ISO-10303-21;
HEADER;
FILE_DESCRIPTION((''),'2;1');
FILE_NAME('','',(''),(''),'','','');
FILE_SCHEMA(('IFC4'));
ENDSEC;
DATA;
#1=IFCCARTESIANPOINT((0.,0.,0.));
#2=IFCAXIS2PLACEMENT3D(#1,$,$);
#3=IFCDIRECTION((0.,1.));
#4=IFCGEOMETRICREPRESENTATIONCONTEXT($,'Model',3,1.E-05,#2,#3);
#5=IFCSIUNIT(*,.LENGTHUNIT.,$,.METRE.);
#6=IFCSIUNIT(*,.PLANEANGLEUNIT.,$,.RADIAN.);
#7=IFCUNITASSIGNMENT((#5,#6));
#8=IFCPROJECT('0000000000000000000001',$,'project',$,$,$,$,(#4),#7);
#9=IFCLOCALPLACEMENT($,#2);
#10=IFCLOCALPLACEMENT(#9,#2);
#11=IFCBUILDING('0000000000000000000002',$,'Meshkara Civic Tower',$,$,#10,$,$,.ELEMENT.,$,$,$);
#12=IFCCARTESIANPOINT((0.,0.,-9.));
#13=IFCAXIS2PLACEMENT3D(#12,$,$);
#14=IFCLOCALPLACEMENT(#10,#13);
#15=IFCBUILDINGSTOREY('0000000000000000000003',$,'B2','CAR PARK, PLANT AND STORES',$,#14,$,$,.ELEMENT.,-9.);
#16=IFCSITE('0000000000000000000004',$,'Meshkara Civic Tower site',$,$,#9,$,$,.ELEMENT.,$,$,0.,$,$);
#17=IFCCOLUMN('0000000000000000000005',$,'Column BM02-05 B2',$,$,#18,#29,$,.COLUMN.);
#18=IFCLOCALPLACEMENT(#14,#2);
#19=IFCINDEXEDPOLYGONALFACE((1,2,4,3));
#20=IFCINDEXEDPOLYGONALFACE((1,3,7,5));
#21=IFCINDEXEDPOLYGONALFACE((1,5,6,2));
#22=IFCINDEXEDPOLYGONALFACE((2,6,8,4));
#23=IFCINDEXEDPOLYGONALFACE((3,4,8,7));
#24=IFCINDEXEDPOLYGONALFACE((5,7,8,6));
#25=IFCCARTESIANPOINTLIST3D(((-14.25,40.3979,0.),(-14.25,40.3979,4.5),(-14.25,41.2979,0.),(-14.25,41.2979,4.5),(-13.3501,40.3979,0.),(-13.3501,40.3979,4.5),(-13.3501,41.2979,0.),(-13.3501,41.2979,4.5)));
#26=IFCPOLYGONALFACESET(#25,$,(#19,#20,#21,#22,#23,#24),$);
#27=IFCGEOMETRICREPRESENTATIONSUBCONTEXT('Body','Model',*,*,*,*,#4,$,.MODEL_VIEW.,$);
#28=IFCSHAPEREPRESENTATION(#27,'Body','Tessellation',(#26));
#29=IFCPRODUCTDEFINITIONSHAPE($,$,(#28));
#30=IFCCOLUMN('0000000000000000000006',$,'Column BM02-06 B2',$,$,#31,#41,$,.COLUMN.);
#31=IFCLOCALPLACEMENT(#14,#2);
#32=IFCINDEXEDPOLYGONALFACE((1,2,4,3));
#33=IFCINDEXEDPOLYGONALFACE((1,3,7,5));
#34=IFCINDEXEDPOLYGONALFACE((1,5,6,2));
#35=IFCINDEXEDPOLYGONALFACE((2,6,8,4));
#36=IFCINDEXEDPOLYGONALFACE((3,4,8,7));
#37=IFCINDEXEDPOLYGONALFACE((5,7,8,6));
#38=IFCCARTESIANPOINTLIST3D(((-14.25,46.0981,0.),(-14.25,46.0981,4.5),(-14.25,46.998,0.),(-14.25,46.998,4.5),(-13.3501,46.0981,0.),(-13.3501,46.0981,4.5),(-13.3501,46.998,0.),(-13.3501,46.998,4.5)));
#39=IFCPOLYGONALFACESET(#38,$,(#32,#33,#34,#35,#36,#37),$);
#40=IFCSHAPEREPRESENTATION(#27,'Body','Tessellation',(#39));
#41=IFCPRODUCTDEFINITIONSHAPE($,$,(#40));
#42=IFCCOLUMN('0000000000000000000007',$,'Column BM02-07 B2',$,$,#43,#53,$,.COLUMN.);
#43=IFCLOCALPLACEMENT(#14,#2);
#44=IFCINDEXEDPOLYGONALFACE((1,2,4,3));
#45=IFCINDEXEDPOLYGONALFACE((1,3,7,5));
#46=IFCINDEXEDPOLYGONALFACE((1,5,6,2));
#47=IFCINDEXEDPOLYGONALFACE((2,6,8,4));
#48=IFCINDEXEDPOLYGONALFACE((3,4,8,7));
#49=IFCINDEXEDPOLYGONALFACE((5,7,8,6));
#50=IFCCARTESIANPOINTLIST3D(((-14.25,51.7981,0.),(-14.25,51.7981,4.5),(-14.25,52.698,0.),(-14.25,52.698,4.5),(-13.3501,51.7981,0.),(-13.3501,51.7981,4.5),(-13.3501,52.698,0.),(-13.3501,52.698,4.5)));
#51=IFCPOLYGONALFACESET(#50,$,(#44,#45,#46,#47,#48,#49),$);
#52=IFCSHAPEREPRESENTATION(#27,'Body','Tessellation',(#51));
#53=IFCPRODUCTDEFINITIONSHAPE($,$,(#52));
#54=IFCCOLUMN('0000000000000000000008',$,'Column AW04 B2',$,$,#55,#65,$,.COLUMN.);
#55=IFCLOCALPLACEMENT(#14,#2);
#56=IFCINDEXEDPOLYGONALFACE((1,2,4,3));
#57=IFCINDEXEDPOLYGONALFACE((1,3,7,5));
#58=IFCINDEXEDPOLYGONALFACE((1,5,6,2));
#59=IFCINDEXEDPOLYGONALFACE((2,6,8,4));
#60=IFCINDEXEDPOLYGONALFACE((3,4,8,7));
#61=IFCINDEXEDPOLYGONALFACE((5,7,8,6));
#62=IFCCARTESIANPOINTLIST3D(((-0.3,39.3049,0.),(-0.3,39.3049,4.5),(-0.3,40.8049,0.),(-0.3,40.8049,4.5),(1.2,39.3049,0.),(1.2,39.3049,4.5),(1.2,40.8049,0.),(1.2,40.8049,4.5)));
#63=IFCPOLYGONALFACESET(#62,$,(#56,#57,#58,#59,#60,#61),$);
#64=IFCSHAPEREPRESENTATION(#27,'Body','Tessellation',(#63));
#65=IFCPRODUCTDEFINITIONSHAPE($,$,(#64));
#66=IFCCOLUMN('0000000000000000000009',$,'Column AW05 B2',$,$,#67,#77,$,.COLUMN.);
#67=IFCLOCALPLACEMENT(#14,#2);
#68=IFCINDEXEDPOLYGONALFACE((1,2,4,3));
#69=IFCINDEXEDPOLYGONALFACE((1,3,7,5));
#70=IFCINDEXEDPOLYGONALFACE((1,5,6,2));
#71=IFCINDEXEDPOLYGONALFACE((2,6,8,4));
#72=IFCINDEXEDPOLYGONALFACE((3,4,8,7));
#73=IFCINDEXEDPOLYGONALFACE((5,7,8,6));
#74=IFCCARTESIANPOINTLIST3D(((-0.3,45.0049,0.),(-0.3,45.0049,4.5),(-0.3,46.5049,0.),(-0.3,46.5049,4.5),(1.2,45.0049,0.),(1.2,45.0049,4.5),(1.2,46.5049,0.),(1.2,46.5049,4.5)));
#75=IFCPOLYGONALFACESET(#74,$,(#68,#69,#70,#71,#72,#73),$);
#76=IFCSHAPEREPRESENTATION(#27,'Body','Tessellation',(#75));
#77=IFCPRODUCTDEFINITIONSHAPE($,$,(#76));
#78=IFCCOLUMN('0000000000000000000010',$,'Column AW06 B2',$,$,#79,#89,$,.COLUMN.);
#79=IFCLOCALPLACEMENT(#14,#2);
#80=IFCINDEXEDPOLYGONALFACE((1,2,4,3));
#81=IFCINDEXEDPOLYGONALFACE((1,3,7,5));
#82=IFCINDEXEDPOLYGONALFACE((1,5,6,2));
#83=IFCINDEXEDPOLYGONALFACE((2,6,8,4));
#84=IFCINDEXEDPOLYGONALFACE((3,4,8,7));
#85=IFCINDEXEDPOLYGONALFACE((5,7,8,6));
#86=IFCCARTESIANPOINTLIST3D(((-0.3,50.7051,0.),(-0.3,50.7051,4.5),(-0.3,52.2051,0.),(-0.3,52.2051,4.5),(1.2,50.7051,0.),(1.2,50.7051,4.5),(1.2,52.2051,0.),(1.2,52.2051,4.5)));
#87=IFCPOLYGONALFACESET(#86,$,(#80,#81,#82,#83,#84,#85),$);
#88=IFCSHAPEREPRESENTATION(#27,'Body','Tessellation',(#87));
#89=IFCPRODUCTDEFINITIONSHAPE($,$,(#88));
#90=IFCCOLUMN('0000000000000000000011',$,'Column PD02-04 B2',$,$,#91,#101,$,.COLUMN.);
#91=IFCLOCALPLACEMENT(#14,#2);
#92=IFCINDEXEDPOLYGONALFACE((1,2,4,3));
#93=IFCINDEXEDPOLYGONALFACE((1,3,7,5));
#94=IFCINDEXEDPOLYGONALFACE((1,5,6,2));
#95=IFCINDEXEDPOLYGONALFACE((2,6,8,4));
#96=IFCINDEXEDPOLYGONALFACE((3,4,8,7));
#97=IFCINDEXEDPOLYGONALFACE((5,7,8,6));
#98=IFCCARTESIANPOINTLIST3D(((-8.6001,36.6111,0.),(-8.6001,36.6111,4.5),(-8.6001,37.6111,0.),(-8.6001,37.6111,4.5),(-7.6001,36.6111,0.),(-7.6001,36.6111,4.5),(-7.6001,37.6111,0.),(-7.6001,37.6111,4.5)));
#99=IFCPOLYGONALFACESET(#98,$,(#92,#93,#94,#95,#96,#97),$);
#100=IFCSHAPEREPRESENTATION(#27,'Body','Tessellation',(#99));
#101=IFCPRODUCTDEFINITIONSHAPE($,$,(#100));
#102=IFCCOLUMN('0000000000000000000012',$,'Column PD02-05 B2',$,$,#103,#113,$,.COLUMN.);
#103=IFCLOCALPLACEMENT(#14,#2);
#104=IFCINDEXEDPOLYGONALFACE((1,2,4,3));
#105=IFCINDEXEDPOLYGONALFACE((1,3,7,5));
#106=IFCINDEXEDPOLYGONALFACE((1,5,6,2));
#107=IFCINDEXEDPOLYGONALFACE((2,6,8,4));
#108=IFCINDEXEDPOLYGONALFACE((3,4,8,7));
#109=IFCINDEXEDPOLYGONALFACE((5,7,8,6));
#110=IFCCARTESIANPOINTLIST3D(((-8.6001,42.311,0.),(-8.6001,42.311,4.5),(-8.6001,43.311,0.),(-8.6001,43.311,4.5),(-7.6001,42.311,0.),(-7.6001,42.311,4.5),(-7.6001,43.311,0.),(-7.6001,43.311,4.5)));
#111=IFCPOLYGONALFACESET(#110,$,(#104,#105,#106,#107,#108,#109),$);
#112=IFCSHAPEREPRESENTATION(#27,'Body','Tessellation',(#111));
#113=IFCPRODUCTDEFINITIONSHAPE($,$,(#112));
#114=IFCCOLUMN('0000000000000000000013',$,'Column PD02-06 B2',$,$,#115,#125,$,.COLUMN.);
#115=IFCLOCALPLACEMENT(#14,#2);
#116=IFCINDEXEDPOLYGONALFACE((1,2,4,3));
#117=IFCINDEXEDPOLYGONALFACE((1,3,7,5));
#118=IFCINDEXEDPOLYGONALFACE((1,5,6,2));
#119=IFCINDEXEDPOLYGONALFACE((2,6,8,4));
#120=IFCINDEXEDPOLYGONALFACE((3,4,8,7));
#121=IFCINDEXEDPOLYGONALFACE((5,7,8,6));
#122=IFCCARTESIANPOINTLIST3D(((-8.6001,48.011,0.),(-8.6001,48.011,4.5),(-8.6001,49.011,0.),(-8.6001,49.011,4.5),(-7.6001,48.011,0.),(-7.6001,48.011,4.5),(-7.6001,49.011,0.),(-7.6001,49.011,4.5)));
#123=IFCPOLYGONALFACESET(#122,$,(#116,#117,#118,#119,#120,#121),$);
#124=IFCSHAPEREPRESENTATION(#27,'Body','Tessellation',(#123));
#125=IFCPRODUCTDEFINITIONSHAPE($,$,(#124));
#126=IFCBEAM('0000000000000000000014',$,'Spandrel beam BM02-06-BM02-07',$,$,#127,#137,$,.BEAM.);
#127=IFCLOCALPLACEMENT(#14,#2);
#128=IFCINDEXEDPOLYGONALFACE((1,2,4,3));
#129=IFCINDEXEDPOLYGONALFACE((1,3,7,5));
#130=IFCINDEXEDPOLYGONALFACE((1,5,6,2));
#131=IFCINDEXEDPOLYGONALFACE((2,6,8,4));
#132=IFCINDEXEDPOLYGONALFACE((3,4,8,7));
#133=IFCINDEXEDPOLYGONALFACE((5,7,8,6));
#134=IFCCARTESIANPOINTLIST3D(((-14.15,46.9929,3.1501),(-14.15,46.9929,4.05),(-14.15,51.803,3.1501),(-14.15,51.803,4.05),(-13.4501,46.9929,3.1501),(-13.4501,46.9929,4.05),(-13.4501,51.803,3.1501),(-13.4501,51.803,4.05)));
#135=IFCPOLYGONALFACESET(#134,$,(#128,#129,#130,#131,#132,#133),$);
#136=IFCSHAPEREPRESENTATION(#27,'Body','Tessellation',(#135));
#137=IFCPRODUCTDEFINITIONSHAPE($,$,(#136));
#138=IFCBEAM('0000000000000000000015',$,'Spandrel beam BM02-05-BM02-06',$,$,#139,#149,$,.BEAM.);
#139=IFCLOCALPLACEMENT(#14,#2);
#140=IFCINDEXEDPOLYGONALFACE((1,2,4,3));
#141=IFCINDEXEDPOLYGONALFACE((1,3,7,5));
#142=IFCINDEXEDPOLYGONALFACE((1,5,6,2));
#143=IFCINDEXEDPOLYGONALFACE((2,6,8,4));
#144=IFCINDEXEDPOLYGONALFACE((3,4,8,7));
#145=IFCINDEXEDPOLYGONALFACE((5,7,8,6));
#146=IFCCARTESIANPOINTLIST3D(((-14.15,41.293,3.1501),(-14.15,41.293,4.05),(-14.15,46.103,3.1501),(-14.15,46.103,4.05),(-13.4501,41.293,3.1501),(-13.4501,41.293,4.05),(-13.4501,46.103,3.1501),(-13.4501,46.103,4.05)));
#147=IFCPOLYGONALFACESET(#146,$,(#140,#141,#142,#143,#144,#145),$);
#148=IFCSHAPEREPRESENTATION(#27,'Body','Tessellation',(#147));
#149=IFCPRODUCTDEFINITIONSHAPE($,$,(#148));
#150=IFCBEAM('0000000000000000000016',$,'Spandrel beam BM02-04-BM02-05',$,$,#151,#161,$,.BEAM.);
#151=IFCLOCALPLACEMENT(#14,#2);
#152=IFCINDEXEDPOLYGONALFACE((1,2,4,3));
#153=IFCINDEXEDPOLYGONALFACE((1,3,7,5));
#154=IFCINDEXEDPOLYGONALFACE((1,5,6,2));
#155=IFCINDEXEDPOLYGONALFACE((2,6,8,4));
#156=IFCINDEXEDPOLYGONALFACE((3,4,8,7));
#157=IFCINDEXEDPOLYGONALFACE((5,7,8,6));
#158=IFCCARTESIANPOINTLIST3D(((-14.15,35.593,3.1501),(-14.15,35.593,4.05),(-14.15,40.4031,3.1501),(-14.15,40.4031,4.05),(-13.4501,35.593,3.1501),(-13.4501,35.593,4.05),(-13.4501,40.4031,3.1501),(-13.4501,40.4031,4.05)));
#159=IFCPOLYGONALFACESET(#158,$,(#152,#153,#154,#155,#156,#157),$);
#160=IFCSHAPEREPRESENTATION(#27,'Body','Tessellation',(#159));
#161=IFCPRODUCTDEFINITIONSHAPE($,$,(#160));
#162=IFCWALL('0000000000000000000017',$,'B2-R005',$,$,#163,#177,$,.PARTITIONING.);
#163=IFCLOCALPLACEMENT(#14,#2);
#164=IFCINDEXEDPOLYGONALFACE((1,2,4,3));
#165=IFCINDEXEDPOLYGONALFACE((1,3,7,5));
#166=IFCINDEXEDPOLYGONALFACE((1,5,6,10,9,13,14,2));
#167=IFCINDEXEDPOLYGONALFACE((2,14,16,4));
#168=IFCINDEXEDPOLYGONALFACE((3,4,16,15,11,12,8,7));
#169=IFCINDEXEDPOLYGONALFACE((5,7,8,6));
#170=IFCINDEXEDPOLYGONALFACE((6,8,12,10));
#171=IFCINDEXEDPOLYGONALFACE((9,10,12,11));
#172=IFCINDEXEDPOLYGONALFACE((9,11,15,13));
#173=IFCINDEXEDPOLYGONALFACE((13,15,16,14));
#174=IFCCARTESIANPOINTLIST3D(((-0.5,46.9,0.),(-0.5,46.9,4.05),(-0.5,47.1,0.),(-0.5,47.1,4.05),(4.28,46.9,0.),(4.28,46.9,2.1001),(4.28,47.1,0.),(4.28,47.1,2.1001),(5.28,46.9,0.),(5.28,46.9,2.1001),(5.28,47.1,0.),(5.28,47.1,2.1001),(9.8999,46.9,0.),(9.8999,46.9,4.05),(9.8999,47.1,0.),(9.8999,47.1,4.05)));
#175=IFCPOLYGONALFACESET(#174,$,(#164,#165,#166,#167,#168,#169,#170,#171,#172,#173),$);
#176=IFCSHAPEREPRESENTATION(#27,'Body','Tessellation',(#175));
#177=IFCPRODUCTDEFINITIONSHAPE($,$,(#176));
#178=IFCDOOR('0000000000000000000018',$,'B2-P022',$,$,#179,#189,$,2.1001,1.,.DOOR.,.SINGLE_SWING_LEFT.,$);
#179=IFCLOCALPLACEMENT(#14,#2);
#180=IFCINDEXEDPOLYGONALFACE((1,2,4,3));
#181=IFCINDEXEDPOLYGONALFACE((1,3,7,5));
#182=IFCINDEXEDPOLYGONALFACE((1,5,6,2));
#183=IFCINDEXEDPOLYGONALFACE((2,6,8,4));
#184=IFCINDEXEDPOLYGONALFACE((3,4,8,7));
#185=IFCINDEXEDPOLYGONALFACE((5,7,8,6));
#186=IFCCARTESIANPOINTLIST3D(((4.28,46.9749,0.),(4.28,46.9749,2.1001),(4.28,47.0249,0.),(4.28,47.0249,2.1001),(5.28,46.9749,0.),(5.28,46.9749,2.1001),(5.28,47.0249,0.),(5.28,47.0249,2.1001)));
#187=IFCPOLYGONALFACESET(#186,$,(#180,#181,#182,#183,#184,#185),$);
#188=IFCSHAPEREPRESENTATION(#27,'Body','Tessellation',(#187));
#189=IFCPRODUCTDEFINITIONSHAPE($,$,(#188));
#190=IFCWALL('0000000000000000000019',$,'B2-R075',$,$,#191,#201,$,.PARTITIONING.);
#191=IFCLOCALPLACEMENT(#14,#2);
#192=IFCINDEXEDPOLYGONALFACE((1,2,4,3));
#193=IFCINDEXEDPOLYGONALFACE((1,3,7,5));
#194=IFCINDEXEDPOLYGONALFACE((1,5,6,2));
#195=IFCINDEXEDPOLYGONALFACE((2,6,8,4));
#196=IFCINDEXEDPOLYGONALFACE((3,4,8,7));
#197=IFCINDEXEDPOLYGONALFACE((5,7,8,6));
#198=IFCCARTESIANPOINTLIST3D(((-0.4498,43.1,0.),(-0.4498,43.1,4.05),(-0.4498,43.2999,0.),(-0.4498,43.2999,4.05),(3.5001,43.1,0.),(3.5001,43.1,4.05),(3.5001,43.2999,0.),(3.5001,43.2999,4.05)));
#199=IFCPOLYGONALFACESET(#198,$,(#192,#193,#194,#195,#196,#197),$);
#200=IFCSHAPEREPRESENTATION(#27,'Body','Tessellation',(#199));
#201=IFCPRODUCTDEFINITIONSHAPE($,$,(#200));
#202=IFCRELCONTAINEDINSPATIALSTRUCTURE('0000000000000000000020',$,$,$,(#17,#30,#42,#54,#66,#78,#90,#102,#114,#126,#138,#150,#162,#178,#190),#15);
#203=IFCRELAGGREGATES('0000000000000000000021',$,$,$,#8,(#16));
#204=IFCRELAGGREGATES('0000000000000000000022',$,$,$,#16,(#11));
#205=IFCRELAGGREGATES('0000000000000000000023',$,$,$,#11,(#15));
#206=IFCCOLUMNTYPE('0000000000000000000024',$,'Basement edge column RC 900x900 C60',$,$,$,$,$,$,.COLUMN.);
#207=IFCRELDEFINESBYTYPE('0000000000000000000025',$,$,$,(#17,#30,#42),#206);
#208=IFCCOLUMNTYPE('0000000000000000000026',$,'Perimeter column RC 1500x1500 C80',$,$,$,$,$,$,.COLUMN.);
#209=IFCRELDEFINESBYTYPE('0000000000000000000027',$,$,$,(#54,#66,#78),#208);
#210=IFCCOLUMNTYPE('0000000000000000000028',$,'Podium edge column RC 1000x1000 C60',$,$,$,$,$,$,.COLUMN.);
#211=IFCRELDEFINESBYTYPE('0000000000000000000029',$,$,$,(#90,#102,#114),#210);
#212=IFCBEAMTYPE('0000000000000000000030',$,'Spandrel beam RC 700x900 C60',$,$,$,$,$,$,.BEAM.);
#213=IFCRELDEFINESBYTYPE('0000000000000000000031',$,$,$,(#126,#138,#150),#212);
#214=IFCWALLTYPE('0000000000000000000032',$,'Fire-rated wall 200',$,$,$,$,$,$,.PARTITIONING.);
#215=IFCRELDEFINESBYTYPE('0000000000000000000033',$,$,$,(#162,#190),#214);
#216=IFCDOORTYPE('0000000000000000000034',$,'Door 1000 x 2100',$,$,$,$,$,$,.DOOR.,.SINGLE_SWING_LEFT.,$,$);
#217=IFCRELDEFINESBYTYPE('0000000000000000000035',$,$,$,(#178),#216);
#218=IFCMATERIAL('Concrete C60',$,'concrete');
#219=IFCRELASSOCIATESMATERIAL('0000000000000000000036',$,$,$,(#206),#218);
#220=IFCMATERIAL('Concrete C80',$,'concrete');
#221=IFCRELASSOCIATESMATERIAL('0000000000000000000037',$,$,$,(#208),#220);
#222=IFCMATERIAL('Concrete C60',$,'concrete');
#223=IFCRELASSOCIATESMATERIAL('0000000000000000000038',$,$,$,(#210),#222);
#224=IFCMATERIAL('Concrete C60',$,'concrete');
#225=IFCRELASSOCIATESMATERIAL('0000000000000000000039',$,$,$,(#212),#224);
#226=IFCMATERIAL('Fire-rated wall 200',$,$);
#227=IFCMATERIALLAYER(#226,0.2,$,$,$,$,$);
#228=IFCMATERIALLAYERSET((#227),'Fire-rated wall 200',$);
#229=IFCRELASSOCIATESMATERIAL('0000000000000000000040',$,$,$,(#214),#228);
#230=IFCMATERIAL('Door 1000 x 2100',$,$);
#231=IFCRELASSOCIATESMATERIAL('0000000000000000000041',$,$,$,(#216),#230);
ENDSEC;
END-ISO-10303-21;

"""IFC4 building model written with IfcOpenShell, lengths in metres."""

from ifc_helpers import new_model, si_unit, direction, frame, frame_2d, origin, origin_2d, place, context, subcontext, project, spatial, rectangle, extrude, material, layer, layer_set, material_profile, profile_set, type_object, element, fill, save


model = new_model("IFC4")

# Units and contexts
model_context = context("Model", 3, precision=1e-05, world=origin(), true_north=direction((0.0, 1.0)))
body_context = subcontext(model_context, "Body", "Model", "MODEL_VIEW")
ifc_project = project(units=[si_unit("LENGTHUNIT", "METRE"), si_unit("PLANEANGLEUNIT", "RADIAN")], contexts=[model_context])

# Site, building, storey
site_placement = place(None, origin())
site = spatial("IfcSite", under=ifc_project, at=site_placement, Name="Meshkara Civic Tower site", CompositionType="ELEMENT", RefElevation=0.0)
building_placement = place(site_placement, origin())
building = spatial("IfcBuilding", under=site, at=building_placement, Name="Meshkara Civic Tower", CompositionType="ELEMENT")
storey_placement = place(building_placement, frame((0.0, 0.0, -9.0)))
storey = spatial("IfcBuildingStorey", under=building, at=storey_placement, Name="B2", Description="CAR PARK, PLANT AND STORES", CompositionType="ELEMENT", Elevation=-9.0)

# Columns
ifc_material_1 = material(Name="Concrete C60", Category="concrete")
ifc_material_profile_1 = material_profile(ifc_material_1, rectangle(XDim=0.8999, YDim=0.8999, at=origin_2d()))
ifc_profile_set_1 = profile_set([ifc_material_profile_1], Name="Concrete C60")
column_type_1 = type_object("IfcColumnType", Name="Basement edge column RC 900x900 C60", PredefinedType="COLUMN", material=ifc_profile_set_1)
for number, where, z_axis, x_axis, name in (
    (1, (-13.8, 40.8479, 0.0), (0.0, 0.0, 1.0), (1.0, 0.0, 0.0), "Column BM02-05 B2"),
    (2, (-13.8, 46.5481, 0.0), (0.0, 0.0, 1.0), (1.0, 0.0, 0.0), "Column BM02-06 B2"),
    (3, (-13.8, 52.248, 0.0), (0.0, 0.0, 1.0), (1.0, 0.0, 0.0), "Column BM02-07 B2"),
):
    element("IfcColumn", number, at=place(storey_placement, frame(where, z_axis=z_axis, x_axis=x_axis)), inside=storey, type_object=column_type_1, Name=name, PredefinedType="COLUMN", context=body_context, shape_type="SweptSolid", body=[
        extrude(rectangle(XDim=0.8999, YDim=0.8999, at=origin_2d()), origin(), (0.0, 0.0, 1.0), 4.5),
    ])
ifc_material_2 = material(Name="Concrete C80", Category="concrete")
ifc_material_profile_2 = material_profile(ifc_material_2, rectangle(XDim=1.5, YDim=1.5, at=origin_2d()))
ifc_profile_set_2 = profile_set([ifc_material_profile_2], Name="Concrete C80")
column_type_2 = type_object("IfcColumnType", Name="Perimeter column RC 1500x1500 C80", PredefinedType="COLUMN", material=ifc_profile_set_2)
for number, where, z_axis, x_axis, name in (
    (4, (0.45, 40.0549, 0.0), (0.0, 0.0, 1.0), (1.0, 0.0, 0.0), "Column AW04 B2"),
    (5, (0.45, 45.7549, 0.0), (0.0, 0.0, 1.0), (1.0, 0.0, 0.0), "Column AW05 B2"),
    (6, (0.45, 51.4551, 0.0), (0.0, 0.0, 1.0), (1.0, 0.0, 0.0), "Column AW06 B2"),
):
    element("IfcColumn", number, at=place(storey_placement, frame(where, z_axis=z_axis, x_axis=x_axis)), inside=storey, type_object=column_type_2, Name=name, PredefinedType="COLUMN", context=body_context, shape_type="SweptSolid", body=[
        extrude(rectangle(XDim=1.5, YDim=1.5, at=origin_2d()), origin(), (0.0, 0.0, 1.0), 4.5),
    ])
ifc_material_3 = material(Name="Concrete C60", Category="concrete")
ifc_material_profile_3 = material_profile(ifc_material_3, rectangle(XDim=1.0, YDim=1.0, at=origin_2d()))
ifc_profile_set_3 = profile_set([ifc_material_profile_3], Name="Concrete C60")
column_type_3 = type_object("IfcColumnType", Name="Podium edge column RC 1000x1000 C60", PredefinedType="COLUMN", material=ifc_profile_set_3)
for number, where, z_axis, x_axis, name in (
    (7, (-8.1001, 37.1111, 0.0), (0.0, 0.0, 1.0), (1.0, 0.0, 0.0), "Column PD02-04 B2"),
    (8, (-8.1001, 42.811, 0.0), (0.0, 0.0, 1.0), (1.0, 0.0, 0.0), "Column PD02-05 B2"),
    (9, (-8.1001, 48.511, 0.0), (0.0, 0.0, 1.0), (1.0, 0.0, 0.0), "Column PD02-06 B2"),
):
    element("IfcColumn", number, at=place(storey_placement, frame(where, z_axis=z_axis, x_axis=x_axis)), inside=storey, type_object=column_type_3, Name=name, PredefinedType="COLUMN", context=body_context, shape_type="SweptSolid", body=[
        extrude(rectangle(XDim=1.0, YDim=1.0, at=origin_2d()), origin(), (0.0, 0.0, 1.0), 4.5),
    ])

# Beams
ifc_material_4 = material(Name="Concrete C60", Category="concrete")
ifc_material_profile_4 = material_profile(ifc_material_4, rectangle(XDim=0.7, YDim=0.8999, at=origin_2d()))
ifc_profile_set_4 = profile_set([ifc_material_profile_4], Name="Concrete C60")
beam_type = type_object("IfcBeamType", Name="Spandrel beam RC 700x900 C60", PredefinedType="BEAM", material=ifc_profile_set_4)
for number, where, z_axis, x_axis, name in (
    (10, (-13.8, 51.803, 3.6001), (0.0, -1.0, 0.0), (1.0, 0.0, 0.0), "Spandrel beam BM02-06-BM02-07"),
    (11, (-13.8, 46.103, 3.6001), (0.0, -1.0, 0.0), (1.0, 0.0, 0.0), "Spandrel beam BM02-05-BM02-06"),
    (12, (-13.8, 40.4031, 3.6001), (0.0, -1.0, 0.0), (1.0, 0.0, 0.0), "Spandrel beam BM02-04-BM02-05"),
):
    element("IfcBeam", number, at=place(storey_placement, frame(where, z_axis=z_axis, x_axis=x_axis)), inside=storey, type_object=beam_type, Name=name, PredefinedType="BEAM", context=body_context, shape_type="SweptSolid", body=[
        extrude(rectangle(XDim=0.7, YDim=0.8999, at=origin_2d()), origin(), (0.0, 0.0, 1.0), 4.8101),
    ])

# Wall, opening, door
ifc_material_5 = material(Name="Fire-rated wall 200")
ifc_layer = layer(ifc_material_5, 0.2)
ifc_layer_set = layer_set([ifc_layer], Name="Fire-rated wall 200")
wall_type = type_object("IfcWallType", Name="Fire-rated wall 200", PredefinedType="PARTITIONING", material=ifc_layer_set)
wall_1_placement = place(storey_placement, frame((-0.5, 47.0, 0.0), z_axis=(0.0, 0.0, 1.0), x_axis=(1.0, 0.0, 0.0)))
wall_1 = element("IfcWall", 13, at=wall_1_placement, inside=storey, type_object=wall_type, Name="B2-R005", PredefinedType="PARTITIONING", context=body_context, shape_type="SweptSolid", body=[
    extrude(rectangle(XDim=10.3999, YDim=0.2, at=frame_2d((5.2, 0.0))), origin(), (0.0, 0.0, 1.0), 4.05),
])
opening_placement = place(wall_1_placement, frame((4.78, 0.0, 0.0)))
opening = element("IfcOpeningElement", 14, at=opening_placement, cuts=wall_1, PredefinedType="OPENING", context=body_context, shape_type="SweptSolid", body=[
    extrude(rectangle(XDim=1.0, YDim=2.1001, at=frame_2d((0.5, 1.05))), frame((0.0, 0.1099, 0.0), z_axis=(0.0, -1.0, 0.0), x_axis=(1.0, 0.0, 0.0)), (0.0, 0.0, 1.0), 0.22),
])
ifc_material_6 = material(Name="Door 1000 x 2100")
door_type = type_object("IfcDoorType", Name="Door 1000 x 2100", OperationType="SINGLE_SWING_LEFT", PredefinedType="DOOR", material=ifc_material_6)
door_placement = place(opening_placement, origin())
door = element("IfcDoor", 15, at=door_placement, inside=storey, type_object=door_type, Name="B2-P022", OperationType="SINGLE_SWING_LEFT", OverallHeight=2.1001, OverallWidth=1.0, PredefinedType="DOOR", context=body_context, shape_type="SweptSolid", body=[
    extrude(rectangle(XDim=1.0, YDim=2.1001, at=frame_2d((0.5, 1.05))), frame((0.0, 0.0249, 0.0), z_axis=(0.0, -1.0, 0.0), x_axis=(1.0, 0.0, 0.0)), (0.0, 0.0, 1.0), 0.05),
])
fill(opening, door)

# Wall
wall_2_placement = place(storey_placement, frame((-0.45, 43.2, 0.0), z_axis=(0.0, 0.0, 1.0), x_axis=(1.0, 0.0, 0.0)))
element("IfcWall", 16, at=wall_2_placement, inside=storey, type_object=wall_type, Name="B2-R075", PredefinedType="PARTITIONING", context=body_context, shape_type="SweptSolid", body=[
    extrude(rectangle(XDim=3.95, YDim=0.2, at=frame_2d((1.9751, 0.0))), origin(), (0.0, 0.0, 1.0), 4.05),
])

save(model, "model.ifc")
